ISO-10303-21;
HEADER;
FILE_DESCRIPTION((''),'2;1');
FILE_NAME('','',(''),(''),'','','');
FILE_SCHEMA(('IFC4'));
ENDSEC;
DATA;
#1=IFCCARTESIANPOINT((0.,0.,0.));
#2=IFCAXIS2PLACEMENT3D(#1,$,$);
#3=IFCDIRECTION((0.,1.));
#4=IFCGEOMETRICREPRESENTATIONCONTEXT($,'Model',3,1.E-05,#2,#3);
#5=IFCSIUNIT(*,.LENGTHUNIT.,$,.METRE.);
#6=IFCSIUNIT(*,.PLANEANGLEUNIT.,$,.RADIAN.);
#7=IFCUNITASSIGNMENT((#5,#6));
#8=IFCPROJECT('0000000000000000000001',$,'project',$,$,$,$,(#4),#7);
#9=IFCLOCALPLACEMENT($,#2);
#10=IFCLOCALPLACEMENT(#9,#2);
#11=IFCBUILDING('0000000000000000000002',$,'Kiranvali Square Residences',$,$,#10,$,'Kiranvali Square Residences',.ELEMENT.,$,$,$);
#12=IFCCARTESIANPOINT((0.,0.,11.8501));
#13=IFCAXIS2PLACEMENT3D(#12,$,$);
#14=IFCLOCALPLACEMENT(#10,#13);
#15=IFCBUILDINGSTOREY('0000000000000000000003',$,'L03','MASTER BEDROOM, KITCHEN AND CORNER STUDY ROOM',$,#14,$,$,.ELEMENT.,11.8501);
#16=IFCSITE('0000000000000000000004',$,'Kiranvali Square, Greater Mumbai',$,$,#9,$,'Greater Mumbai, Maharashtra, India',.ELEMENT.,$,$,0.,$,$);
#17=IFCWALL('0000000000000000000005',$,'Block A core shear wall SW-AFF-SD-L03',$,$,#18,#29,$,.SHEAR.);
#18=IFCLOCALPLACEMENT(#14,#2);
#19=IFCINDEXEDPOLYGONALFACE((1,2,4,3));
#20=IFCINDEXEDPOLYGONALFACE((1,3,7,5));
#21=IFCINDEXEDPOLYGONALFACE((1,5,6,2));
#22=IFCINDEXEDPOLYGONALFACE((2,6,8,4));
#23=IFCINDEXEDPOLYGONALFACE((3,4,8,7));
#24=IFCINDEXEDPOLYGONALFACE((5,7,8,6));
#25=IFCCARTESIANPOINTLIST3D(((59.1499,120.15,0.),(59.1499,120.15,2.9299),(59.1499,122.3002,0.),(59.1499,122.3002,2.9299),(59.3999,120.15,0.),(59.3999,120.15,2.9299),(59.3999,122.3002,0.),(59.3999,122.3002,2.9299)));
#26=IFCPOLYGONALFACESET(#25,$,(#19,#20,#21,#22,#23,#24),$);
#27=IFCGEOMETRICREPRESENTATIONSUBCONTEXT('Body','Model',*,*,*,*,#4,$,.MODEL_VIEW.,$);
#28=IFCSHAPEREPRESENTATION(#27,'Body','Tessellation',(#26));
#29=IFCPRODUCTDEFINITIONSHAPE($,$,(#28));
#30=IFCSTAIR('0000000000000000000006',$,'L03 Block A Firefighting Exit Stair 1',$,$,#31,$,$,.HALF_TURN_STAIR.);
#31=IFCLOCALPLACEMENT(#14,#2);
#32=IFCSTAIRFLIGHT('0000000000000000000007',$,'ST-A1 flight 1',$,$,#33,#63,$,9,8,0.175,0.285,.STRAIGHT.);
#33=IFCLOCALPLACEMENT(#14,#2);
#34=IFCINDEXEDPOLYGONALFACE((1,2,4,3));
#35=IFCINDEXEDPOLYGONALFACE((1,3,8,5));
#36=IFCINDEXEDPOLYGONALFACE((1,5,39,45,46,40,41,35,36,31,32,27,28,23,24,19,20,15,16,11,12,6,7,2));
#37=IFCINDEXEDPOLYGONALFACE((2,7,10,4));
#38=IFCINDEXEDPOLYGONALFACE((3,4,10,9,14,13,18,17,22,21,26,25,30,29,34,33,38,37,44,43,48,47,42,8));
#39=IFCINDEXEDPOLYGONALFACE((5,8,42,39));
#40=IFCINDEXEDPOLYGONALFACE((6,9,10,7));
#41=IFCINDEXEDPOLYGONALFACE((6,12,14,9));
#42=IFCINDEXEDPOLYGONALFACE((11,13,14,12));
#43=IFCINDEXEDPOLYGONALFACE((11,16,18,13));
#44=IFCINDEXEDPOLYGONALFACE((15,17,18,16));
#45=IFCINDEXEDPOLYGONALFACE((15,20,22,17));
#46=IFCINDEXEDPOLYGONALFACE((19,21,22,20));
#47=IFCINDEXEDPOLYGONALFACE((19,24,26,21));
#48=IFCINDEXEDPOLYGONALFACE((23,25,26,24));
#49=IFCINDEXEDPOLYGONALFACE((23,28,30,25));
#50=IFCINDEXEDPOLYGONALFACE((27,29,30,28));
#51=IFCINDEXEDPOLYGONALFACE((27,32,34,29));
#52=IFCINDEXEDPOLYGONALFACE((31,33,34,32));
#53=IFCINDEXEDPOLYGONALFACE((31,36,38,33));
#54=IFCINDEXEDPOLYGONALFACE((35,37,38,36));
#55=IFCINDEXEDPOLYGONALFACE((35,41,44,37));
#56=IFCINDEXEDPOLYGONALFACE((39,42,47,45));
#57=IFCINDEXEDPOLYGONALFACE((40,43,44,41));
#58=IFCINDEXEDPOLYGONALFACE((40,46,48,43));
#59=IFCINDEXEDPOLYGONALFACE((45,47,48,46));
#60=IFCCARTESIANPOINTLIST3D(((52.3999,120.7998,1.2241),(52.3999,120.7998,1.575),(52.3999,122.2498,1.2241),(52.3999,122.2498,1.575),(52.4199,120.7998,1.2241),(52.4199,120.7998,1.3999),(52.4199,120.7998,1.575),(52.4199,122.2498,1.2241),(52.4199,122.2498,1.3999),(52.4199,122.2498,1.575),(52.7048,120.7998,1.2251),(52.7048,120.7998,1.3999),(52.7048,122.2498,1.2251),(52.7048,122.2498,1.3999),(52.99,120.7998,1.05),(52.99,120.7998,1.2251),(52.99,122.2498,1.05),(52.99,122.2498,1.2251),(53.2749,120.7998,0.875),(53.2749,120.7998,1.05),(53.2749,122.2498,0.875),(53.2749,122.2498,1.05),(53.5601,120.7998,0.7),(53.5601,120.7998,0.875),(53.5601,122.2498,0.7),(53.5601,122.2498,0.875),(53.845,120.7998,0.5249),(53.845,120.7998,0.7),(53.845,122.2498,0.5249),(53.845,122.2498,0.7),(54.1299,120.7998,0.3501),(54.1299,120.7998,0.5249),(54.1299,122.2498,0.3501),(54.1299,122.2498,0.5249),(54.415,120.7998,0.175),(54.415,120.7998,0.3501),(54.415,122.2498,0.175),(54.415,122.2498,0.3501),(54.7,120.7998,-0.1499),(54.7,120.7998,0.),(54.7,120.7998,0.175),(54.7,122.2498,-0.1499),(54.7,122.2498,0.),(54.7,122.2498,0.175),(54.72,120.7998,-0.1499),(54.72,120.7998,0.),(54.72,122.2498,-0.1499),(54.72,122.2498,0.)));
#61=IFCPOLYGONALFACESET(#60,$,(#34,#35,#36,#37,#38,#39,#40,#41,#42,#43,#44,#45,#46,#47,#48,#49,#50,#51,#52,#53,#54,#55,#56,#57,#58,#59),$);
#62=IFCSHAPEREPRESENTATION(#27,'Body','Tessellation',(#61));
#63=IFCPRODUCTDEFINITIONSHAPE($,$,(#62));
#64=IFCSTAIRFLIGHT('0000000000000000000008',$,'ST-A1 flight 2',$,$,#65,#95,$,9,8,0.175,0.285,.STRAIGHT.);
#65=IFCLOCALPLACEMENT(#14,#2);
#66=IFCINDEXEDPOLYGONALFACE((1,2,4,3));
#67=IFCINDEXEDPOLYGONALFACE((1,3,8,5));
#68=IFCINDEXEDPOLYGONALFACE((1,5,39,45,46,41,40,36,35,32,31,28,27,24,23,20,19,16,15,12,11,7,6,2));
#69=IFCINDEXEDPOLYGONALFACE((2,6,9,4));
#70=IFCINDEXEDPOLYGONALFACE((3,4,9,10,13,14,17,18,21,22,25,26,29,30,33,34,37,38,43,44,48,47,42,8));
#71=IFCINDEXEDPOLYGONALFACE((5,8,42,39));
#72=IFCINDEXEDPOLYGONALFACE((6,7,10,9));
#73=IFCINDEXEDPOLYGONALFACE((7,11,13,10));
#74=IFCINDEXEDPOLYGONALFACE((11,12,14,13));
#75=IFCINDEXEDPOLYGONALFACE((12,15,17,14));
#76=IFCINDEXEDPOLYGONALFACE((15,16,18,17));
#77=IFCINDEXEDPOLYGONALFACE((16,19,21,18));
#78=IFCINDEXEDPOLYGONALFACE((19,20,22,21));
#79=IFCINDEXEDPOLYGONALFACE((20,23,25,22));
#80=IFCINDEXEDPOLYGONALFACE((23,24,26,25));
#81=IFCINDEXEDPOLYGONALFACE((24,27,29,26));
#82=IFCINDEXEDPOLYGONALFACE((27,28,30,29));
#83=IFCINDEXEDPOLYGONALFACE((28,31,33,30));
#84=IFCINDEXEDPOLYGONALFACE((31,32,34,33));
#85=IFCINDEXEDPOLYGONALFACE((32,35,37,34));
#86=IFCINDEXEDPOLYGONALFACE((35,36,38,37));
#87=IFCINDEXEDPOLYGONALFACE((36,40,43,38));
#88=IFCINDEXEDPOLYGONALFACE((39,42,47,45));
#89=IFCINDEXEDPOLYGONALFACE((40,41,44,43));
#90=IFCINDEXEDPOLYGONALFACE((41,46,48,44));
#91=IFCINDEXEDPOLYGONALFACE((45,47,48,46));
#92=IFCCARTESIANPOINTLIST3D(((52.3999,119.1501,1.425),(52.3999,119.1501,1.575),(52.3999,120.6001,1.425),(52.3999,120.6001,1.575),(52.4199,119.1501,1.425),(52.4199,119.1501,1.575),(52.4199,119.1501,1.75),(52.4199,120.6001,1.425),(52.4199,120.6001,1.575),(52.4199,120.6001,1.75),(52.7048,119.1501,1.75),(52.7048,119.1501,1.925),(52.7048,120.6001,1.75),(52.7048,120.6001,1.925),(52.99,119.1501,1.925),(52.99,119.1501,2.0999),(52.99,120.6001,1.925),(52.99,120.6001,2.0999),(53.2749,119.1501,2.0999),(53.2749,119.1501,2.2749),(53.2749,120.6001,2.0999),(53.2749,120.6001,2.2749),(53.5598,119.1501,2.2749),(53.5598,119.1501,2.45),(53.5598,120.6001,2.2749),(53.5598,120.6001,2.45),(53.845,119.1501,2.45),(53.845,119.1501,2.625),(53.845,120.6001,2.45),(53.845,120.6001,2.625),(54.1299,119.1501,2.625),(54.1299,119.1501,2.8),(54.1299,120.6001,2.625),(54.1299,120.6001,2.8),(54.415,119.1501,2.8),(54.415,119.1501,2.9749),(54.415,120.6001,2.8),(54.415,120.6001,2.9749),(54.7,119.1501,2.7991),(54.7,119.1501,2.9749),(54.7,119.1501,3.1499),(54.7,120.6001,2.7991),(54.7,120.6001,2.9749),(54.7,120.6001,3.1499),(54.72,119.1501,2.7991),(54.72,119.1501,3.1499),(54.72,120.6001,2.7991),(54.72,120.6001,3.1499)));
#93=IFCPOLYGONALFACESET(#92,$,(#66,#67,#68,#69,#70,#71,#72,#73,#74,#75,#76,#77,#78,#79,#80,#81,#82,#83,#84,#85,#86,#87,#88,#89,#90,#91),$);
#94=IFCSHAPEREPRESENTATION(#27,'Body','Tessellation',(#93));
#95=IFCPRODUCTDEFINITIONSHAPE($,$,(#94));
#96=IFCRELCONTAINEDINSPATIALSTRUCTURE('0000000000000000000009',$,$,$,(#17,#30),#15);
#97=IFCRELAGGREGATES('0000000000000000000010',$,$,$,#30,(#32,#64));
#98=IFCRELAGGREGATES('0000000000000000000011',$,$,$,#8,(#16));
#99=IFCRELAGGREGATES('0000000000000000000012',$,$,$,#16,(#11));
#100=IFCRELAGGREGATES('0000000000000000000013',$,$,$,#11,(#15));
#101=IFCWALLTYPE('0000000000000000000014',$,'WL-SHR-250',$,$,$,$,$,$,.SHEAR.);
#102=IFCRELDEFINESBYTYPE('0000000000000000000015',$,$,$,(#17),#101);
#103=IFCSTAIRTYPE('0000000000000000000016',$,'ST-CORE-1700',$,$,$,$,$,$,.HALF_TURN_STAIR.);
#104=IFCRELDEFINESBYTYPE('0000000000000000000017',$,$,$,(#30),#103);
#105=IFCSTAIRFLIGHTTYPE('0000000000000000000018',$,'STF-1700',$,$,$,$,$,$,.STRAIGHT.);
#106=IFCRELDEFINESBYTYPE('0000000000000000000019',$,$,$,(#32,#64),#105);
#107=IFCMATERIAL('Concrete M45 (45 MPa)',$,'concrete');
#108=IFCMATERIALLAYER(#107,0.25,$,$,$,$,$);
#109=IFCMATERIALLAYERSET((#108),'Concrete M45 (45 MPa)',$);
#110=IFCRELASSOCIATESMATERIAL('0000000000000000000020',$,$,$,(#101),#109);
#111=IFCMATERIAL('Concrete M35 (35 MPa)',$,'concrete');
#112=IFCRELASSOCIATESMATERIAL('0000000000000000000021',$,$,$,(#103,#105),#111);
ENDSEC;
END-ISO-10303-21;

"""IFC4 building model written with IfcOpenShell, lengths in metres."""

from ifc_helpers import new_model, si_unit, direction, frame, frame_2d, origin, place, context, subcontext, project, spatial, polyline, rectangle, outline, extrude, material, layer, layer_set, type_object, element, aggregate, save


model = new_model("IFC4")

# Units and contexts
model_context = context("Model", 3, precision=1e-05, world=origin(), true_north=direction((0.0, 1.0)))
body_context = subcontext(model_context, "Body", "Model", "MODEL_VIEW")
ifc_project = project(units=[si_unit("LENGTHUNIT", "METRE"), si_unit("PLANEANGLEUNIT", "RADIAN")], contexts=[model_context])

# Site, building, storey
site_placement = place(None, origin())
site = spatial("IfcSite", under=ifc_project, at=site_placement, Name="Kiranvali Square, Greater Mumbai", LongName="Greater Mumbai, Maharashtra, India", CompositionType="ELEMENT", RefElevation=0.0)
building_placement = place(site_placement, origin())
building = spatial("IfcBuilding", under=site, at=building_placement, Name="Kiranvali Square Residences", LongName="Kiranvali Square Residences", CompositionType="ELEMENT")
storey_placement = place(building_placement, frame((0.0, 0.0, 11.8501)))
storey = spatial("IfcBuildingStorey", under=building, at=storey_placement, Name="L03", Description="MASTER BEDROOM, KITCHEN AND CORNER STUDY ROOM", CompositionType="ELEMENT", Elevation=11.8501)

# Shared definitions
ifc_material_1 = material(Name="Concrete M45 (45 MPa)", Category="concrete")

# Wall
ifc_layer_1 = layer(ifc_material_1, 0.25)
ifc_layer_set_1 = layer_set([ifc_layer_1], Name="Concrete M45 (45 MPa)")
wall_type_1 = type_object("IfcWallType", Name="WL-SHR-250", PredefinedType="SHEAR", material=ifc_layer_set_1)
wall_1_placement = place(storey_placement, frame((59.2749, 120.1499, 0.0), z_axis=(0.0, 0.0, 1.0), x_axis=(0.0, 1.0, 0.0)))
element("IfcWall", 1, at=wall_1_placement, inside=storey, type_object=wall_type_1, Name="Block A core shear wall SW-AFF-SD-L03", PredefinedType="SHEAR", context=body_context, shape_type="SweptSolid", body=[
    extrude(rectangle(XDim=2.1501, YDim=0.25, at=frame_2d((1.0752, 0.0))), origin(), (0.0, 0.0, 1.0), 2.9299),
])

# Stair, stair flights
ifc_material_2 = material(Name="Concrete M35 (35 MPa)", Category="concrete")
stair_type = type_object("IfcStairType", Name="ST-CORE-1700", PredefinedType="HALF_TURN_STAIR", material=ifc_material_2)
stair_placement = place(storey_placement, origin())
stair = element("IfcStair", 2, at=stair_placement, inside=storey, type_object=stair_type, Name="L03 Block A Firefighting Exit Stair 1", PredefinedType="HALF_TURN_STAIR")
stair_flight_type = type_object("IfcStairFlightType", Name="STF-1700", PredefinedType="STRAIGHT", material=ifc_material_2)
stair_flight_1_placement = place(storey_placement, frame((54.7, 121.5249, 0.0), z_axis=(0.0, 0.0, 1.0), x_axis=(-1.0, 0.0, 0.0)))
stair_flight_1 = element("IfcStairFlight", 3, at=stair_flight_1_placement, type_object=stair_flight_type, Name="ST-A1 flight 1", NumberOfRisers=9, NumberOfTreads=8, PredefinedType="STRAIGHT", RiserHeight=0.175, TreadLength=0.285, context=body_context, shape_type="SweptSolid", body=[
    extrude(outline(polyline([(-0.02, -0.1499), (-0.02, 0.0), (0.0, 0.0), (0.0, 0.175), (0.2849, 0.175), (0.2849, 0.3501), (0.5701, 0.3501), (0.5701, 0.5249), (0.855, 0.5249), (0.855, 0.7), (1.1399, 0.7), (1.1399, 0.875), (1.425, 0.875), (1.425, 1.05), (1.71, 1.05), (1.71, 1.2251), (1.9951, 1.2251), (1.9951, 1.3999), (2.28, 1.3999), (2.28, 1.575), (2.3, 1.575), (2.3, 1.2241), (2.28, 1.2241), (0.0, -0.1499), (-0.02, -0.1499)])), frame((0.0, 0.7251, 0.0), z_axis=(0.0, -1.0, 0.0), x_axis=(1.0, 0.0, 0.0)), (0.0, 0.0, 1.0), 1.45),
])
stair_flight_2_placement = place(storey_placement, frame((52.4199, 119.875, 1.575), z_axis=(0.0, 0.0, 1.0), x_axis=(1.0, 0.0, 0.0)))
stair_flight_2 = element("IfcStairFlight", 4, at=stair_flight_2_placement, type_object=stair_flight_type, Name="ST-A1 flight 2", NumberOfRisers=9, NumberOfTreads=8, PredefinedType="STRAIGHT", RiserHeight=0.175, TreadLength=0.285, context=body_context, shape_type="SweptSolid", body=[
    extrude(outline(polyline([(-0.02, -0.1499), (-0.02, 0.0), (0.0, 0.0), (0.0, 0.175), (0.2849, 0.175), (0.2849, 0.3501), (0.5701, 0.3501), (0.5701, 0.5249), (0.855, 0.5249), (0.855, 0.7), (1.1399, 0.7), (1.1399, 0.875), (1.425, 0.875), (1.425, 1.05), (1.71, 1.05), (1.71, 1.2251), (1.9951, 1.2251), (1.9951, 1.3999), (2.28, 1.3999), (2.28, 1.575), (2.3, 1.575), (2.3, 1.2241), (2.28, 1.2241), (0.0, -0.1499), (-0.02, -0.1499)])), frame((0.0, 0.7251, 0.0), z_axis=(0.0, -1.0, 0.0), x_axis=(1.0, 0.0, 0.0)), (0.0, 0.0, 1.0), 1.45),
])
aggregate(stair, [stair_flight_1, stair_flight_2])

save(model, "model.ifc")
